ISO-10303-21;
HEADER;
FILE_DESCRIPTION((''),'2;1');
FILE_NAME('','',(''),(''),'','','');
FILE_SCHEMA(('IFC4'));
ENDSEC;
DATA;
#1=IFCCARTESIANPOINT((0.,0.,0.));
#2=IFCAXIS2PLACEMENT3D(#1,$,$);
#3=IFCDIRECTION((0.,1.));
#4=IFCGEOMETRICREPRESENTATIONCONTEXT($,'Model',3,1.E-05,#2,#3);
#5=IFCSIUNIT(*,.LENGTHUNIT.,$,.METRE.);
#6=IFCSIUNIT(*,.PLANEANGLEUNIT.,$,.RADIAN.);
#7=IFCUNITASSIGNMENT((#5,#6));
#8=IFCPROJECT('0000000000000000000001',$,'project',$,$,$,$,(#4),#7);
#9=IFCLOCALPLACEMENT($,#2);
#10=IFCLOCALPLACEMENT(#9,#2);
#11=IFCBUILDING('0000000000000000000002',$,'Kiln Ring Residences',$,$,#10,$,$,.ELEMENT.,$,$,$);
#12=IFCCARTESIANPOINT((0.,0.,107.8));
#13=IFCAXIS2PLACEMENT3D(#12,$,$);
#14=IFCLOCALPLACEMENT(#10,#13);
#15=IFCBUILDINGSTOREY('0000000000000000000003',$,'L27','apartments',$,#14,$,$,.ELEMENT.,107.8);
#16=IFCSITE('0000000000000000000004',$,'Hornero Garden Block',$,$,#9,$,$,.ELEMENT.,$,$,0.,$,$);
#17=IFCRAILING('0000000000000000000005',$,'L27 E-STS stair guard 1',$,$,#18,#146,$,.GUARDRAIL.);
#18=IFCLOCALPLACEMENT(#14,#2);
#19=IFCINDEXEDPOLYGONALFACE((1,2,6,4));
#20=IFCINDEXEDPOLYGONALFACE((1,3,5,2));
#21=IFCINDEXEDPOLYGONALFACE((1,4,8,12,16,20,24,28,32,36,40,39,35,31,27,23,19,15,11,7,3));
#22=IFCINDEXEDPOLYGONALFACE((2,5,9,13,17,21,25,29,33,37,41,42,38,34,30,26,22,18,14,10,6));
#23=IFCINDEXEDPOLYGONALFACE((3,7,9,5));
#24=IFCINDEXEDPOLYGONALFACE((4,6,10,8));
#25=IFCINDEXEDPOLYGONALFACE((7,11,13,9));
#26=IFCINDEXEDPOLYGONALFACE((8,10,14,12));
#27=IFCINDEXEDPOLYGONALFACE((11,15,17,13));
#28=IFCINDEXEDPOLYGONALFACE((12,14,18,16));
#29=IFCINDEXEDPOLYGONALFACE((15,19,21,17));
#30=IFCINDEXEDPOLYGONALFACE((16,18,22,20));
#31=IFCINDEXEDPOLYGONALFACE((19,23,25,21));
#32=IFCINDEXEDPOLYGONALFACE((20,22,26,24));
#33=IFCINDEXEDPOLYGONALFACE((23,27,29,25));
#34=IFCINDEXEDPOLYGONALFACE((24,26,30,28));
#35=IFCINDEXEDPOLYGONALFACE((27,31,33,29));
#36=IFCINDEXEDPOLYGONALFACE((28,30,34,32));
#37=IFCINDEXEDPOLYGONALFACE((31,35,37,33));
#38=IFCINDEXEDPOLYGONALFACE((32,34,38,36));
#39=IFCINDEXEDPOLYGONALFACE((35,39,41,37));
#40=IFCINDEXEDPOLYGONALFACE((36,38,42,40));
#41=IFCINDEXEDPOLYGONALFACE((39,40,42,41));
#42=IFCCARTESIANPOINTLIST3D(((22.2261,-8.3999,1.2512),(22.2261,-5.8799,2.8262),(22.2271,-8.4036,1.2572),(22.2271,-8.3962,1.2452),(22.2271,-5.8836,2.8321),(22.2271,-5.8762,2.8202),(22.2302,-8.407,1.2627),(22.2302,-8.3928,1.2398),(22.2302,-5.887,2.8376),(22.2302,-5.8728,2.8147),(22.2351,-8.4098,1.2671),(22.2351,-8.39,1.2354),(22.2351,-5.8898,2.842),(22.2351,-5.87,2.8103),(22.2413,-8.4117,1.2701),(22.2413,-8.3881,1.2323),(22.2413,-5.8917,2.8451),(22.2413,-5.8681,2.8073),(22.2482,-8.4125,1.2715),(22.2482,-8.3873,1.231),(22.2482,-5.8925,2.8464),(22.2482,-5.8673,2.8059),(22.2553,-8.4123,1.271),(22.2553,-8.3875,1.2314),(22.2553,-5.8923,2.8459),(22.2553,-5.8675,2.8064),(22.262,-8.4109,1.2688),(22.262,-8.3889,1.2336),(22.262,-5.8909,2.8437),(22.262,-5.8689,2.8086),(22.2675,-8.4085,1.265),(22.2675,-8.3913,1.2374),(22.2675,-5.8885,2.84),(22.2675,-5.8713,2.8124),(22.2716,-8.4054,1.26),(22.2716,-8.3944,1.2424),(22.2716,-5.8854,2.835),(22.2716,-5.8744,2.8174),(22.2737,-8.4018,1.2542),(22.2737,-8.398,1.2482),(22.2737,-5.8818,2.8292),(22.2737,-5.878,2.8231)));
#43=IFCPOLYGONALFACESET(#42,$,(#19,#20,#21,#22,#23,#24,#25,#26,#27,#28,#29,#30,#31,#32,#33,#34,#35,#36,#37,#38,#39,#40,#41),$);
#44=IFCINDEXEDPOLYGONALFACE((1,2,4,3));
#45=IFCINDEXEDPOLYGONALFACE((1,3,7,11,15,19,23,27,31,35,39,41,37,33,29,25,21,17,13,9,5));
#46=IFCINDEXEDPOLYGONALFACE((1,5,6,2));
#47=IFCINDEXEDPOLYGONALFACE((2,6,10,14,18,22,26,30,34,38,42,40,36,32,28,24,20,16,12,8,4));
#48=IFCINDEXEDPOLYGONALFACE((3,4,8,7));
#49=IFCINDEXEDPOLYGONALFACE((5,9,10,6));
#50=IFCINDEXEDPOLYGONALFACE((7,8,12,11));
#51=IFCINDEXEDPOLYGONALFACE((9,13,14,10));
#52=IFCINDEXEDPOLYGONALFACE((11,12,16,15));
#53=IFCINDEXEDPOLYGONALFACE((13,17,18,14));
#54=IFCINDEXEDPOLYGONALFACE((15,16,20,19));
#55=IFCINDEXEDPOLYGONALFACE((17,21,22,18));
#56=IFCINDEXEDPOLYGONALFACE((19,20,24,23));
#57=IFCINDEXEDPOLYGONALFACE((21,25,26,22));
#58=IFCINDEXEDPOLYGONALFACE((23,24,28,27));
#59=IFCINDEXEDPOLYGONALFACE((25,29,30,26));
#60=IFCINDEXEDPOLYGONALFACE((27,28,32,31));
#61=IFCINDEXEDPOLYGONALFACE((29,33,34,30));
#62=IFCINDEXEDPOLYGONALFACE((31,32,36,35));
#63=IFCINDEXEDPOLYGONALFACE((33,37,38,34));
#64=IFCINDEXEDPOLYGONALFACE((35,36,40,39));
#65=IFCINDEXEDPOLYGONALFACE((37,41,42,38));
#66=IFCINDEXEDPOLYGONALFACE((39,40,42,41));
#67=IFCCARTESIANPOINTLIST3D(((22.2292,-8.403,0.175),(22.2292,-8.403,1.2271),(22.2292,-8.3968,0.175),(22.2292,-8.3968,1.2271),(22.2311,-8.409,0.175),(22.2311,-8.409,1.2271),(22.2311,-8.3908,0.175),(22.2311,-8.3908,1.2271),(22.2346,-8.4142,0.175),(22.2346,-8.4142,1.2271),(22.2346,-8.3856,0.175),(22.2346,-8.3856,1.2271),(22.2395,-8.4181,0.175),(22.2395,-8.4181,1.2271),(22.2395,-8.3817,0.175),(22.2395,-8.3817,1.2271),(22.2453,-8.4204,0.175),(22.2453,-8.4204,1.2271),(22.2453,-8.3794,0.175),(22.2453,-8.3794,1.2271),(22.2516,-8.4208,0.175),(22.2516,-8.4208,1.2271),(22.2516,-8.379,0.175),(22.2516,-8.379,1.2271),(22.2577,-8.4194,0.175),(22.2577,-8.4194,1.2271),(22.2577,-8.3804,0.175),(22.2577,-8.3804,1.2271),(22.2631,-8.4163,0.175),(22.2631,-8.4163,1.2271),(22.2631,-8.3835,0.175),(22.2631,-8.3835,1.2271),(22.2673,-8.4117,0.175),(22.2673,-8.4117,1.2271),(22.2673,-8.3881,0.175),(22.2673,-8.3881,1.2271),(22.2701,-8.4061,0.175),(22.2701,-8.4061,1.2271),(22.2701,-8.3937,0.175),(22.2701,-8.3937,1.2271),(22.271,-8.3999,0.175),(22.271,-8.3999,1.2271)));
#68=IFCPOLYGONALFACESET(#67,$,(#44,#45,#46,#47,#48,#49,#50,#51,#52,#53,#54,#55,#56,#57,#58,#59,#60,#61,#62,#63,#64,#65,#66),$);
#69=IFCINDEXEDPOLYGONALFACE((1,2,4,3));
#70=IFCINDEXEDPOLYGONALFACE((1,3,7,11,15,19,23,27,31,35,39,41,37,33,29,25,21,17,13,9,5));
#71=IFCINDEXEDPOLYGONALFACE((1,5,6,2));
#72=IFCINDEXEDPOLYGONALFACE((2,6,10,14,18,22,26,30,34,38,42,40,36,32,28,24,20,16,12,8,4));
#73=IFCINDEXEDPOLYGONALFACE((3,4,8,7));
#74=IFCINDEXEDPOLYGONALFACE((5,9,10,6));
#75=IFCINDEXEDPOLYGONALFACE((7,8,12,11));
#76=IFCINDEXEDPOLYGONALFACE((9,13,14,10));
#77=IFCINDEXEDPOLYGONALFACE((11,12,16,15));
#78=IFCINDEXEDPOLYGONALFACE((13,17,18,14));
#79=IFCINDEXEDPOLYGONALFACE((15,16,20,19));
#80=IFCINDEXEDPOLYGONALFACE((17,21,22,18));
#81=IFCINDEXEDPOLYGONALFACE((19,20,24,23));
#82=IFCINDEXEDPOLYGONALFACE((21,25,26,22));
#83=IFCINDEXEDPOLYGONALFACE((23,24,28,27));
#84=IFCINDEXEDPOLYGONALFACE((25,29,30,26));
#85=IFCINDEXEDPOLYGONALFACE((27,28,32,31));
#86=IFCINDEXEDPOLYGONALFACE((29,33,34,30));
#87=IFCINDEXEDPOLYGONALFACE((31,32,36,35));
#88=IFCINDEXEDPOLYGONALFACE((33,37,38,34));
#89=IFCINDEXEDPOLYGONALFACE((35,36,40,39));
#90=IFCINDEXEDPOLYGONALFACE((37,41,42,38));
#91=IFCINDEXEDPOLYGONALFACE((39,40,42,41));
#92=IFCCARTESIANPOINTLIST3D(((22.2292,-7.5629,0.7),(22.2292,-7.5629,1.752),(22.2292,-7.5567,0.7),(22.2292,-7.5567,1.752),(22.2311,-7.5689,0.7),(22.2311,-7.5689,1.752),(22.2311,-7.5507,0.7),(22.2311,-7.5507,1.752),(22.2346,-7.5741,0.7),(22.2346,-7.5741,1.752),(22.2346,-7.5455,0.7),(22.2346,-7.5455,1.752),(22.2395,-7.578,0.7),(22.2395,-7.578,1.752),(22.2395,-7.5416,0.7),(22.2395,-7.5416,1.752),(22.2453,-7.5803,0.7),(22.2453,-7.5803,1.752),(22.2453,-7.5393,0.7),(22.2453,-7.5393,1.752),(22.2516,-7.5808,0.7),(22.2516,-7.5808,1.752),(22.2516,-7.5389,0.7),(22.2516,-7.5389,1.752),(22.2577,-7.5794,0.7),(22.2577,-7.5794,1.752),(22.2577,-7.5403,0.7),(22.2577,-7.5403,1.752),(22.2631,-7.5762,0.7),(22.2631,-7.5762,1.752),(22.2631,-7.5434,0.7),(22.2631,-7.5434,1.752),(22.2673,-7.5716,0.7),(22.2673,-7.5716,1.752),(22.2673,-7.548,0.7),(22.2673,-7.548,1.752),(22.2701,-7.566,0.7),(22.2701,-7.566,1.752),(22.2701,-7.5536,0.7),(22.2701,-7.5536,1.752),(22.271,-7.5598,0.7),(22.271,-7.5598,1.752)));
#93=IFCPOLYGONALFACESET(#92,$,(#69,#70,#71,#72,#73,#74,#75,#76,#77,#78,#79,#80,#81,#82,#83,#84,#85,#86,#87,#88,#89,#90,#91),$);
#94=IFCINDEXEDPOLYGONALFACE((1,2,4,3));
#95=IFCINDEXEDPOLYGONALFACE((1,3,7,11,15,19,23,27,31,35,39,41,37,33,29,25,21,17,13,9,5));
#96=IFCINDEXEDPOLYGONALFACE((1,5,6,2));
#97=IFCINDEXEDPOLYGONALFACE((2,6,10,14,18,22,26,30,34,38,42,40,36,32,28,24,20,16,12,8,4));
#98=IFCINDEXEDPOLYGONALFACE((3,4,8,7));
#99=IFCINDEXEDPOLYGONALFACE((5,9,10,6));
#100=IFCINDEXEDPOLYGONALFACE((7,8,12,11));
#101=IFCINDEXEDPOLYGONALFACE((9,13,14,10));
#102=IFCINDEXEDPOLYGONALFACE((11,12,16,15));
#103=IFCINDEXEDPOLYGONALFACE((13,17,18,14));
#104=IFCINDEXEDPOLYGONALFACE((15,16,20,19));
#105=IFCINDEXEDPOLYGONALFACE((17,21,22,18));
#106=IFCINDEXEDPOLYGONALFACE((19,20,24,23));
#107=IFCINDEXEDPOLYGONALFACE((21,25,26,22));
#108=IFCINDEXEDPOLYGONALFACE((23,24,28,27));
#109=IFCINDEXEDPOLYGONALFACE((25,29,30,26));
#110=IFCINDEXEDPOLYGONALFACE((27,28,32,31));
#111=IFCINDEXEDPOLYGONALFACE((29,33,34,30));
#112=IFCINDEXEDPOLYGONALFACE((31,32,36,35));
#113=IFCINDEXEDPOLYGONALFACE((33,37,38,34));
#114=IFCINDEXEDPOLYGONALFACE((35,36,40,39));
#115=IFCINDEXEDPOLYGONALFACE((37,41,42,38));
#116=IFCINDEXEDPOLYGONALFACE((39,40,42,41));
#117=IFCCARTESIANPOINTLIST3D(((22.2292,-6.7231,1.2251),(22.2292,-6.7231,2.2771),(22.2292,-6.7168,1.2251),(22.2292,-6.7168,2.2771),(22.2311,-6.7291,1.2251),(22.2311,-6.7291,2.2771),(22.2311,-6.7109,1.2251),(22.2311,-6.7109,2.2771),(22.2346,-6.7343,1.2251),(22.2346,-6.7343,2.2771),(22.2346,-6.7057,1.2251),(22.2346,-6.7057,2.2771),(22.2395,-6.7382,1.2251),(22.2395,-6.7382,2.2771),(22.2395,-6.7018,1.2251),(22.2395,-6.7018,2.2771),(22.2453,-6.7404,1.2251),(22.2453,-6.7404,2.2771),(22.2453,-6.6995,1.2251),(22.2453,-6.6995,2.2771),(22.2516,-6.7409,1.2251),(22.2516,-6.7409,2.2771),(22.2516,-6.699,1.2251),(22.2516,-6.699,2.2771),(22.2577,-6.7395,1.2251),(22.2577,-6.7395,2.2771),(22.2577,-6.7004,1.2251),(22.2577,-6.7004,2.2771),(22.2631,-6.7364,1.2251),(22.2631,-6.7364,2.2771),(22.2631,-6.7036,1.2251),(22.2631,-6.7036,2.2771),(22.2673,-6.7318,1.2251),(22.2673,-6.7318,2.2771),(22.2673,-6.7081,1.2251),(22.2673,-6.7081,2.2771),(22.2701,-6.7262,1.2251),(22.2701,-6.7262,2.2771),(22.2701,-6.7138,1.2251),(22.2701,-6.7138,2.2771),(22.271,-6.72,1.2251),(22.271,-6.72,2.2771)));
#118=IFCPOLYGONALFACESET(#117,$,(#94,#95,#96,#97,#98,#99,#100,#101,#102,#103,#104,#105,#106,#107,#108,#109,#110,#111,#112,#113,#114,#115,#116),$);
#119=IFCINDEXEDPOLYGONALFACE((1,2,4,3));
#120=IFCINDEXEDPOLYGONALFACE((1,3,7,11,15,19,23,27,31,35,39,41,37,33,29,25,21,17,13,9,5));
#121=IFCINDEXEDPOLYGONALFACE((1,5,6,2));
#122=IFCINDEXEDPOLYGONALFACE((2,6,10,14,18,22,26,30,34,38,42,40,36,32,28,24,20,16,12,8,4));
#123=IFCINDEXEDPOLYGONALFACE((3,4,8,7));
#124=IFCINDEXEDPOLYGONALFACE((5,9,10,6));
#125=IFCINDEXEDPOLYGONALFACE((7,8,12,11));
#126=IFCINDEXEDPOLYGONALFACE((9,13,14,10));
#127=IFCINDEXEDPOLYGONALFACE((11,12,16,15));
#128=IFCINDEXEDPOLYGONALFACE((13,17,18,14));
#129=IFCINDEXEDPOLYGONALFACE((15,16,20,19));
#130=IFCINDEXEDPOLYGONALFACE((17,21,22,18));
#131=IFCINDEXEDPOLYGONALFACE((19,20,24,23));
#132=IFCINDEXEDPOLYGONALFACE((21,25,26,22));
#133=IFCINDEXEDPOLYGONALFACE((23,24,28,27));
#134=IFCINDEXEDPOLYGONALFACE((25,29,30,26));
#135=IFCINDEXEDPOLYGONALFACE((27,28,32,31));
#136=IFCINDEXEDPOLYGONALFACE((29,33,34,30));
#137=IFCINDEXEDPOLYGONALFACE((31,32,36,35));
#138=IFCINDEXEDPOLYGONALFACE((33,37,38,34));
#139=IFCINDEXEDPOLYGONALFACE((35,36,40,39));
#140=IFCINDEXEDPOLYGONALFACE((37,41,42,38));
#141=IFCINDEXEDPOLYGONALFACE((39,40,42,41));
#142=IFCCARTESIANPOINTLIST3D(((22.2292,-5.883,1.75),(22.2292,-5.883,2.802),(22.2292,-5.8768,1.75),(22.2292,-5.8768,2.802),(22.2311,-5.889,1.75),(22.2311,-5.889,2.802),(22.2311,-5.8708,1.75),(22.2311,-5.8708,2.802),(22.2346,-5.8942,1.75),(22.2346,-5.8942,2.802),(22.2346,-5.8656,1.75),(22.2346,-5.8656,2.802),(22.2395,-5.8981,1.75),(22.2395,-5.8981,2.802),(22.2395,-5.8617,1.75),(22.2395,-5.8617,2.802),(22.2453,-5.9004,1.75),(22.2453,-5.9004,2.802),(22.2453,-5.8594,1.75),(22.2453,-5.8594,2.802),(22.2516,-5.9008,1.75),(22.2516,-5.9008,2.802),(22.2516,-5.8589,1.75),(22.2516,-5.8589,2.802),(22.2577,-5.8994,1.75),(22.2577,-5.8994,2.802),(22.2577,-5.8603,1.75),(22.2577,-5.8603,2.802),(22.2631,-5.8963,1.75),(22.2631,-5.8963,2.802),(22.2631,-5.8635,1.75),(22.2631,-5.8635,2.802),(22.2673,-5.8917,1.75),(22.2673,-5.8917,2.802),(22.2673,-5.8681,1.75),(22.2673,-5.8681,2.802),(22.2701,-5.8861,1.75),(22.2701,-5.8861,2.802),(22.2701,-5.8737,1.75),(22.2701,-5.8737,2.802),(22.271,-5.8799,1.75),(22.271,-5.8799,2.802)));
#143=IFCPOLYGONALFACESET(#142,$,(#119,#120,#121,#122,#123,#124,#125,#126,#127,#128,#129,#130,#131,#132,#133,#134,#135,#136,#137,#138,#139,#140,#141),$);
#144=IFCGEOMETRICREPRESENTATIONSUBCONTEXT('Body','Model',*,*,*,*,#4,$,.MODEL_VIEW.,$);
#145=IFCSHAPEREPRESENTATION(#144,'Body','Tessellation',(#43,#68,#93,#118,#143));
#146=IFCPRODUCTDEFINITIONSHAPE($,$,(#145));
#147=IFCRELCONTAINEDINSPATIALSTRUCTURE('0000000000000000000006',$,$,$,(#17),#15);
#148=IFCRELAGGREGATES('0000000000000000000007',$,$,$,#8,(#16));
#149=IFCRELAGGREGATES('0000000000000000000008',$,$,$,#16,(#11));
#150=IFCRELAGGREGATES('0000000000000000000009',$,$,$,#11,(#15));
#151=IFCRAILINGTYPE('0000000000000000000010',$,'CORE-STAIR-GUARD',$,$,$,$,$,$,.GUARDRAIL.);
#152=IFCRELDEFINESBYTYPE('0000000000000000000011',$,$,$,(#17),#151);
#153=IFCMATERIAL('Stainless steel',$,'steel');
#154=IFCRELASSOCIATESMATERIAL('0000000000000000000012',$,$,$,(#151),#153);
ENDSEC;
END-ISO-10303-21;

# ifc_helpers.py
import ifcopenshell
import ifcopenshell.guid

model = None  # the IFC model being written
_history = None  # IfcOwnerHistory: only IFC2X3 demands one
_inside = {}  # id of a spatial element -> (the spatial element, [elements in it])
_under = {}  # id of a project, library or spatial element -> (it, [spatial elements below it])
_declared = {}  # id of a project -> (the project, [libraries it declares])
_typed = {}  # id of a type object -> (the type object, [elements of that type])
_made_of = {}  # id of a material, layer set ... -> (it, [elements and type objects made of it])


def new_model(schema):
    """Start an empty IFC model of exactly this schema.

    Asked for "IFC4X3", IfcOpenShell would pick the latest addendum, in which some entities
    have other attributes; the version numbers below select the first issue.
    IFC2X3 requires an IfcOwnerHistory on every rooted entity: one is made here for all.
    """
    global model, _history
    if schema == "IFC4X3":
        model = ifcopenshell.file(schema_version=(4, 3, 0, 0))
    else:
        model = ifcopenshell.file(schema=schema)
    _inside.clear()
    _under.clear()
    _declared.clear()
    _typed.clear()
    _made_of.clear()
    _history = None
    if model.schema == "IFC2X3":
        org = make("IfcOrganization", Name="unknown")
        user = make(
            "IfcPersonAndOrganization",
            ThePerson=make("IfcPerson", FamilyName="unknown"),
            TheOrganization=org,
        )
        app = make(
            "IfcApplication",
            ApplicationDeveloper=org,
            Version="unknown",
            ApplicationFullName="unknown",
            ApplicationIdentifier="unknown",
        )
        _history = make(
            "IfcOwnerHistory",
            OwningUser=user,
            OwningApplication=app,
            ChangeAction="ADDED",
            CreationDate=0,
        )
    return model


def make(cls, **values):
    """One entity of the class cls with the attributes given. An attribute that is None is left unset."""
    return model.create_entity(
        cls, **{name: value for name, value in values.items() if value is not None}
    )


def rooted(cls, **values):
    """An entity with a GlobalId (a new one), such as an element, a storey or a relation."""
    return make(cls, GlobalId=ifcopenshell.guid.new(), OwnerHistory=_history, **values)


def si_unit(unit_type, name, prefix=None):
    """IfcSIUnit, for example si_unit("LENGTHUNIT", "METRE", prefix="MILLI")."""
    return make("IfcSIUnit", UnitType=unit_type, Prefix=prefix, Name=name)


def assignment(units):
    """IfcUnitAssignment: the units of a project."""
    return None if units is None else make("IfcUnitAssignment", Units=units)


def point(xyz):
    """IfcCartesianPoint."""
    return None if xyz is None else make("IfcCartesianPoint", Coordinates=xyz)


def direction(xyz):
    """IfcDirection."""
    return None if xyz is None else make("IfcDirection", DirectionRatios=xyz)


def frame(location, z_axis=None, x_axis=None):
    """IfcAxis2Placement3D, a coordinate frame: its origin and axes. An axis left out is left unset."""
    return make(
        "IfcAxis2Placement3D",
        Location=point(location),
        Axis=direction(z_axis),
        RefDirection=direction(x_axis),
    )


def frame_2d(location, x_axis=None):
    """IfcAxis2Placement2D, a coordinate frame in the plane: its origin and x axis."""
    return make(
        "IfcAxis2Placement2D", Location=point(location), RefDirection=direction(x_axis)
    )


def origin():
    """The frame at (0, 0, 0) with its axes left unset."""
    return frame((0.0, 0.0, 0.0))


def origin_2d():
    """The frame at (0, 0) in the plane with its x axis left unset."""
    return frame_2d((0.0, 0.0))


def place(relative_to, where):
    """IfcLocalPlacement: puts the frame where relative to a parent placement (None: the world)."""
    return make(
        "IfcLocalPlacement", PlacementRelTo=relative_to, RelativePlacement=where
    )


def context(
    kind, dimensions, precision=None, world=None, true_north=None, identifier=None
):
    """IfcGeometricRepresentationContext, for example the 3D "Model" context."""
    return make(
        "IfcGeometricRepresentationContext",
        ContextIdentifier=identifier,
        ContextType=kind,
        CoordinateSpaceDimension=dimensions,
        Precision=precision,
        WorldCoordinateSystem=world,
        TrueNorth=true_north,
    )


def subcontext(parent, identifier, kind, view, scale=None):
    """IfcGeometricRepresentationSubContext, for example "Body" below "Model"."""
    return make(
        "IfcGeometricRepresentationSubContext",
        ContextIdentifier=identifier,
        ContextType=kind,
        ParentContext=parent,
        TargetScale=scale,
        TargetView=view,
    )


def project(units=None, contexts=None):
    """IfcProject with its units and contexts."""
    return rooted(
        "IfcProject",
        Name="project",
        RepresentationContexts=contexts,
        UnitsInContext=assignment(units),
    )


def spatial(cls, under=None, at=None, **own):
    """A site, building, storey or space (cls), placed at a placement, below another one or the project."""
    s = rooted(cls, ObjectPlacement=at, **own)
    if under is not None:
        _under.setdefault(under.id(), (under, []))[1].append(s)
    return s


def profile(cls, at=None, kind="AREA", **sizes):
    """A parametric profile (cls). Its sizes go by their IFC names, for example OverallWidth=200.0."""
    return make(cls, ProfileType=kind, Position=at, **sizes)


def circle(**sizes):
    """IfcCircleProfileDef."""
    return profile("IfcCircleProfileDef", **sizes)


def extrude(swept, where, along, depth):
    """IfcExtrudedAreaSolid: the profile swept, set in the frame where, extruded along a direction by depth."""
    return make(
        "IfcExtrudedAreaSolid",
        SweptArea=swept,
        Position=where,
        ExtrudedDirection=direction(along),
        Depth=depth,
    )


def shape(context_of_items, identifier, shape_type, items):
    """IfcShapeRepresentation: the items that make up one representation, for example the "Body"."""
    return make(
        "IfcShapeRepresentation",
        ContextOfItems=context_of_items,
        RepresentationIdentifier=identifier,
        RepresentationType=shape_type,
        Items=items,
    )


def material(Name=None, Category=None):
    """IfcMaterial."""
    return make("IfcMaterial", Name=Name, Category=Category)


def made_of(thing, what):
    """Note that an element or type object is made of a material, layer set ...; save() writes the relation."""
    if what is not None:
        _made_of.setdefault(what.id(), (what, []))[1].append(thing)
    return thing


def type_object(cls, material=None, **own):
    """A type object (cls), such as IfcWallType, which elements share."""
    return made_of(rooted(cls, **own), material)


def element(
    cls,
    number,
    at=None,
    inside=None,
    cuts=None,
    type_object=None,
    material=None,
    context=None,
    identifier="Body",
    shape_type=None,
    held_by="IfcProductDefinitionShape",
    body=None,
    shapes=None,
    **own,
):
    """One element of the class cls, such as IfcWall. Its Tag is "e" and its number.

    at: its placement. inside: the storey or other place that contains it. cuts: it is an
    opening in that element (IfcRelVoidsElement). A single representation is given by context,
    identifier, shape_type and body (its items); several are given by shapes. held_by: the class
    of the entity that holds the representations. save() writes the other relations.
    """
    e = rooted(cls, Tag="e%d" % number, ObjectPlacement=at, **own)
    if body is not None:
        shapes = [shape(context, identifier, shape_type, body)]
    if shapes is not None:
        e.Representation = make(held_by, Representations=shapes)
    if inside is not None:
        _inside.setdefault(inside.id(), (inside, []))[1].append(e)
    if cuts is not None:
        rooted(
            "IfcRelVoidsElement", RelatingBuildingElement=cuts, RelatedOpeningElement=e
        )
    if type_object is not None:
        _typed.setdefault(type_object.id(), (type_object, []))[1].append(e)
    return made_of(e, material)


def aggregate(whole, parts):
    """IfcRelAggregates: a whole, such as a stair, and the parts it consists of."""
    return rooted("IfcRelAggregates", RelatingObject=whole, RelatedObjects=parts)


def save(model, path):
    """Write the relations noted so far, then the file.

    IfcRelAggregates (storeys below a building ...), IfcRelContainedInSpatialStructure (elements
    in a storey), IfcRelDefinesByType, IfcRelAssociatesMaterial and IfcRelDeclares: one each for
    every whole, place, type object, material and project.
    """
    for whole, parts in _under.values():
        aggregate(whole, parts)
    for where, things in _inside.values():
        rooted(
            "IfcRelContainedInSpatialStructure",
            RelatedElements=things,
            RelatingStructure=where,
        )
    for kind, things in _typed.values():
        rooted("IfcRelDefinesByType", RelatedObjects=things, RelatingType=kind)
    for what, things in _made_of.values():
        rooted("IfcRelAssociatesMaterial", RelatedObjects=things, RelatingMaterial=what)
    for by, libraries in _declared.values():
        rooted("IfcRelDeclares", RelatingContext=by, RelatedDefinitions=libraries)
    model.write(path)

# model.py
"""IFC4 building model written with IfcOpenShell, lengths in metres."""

from ifc_helpers import new_model, si_unit, direction, frame, origin, origin_2d, place, context, subcontext, project, spatial, circle, extrude, material, type_object, element, save


model = new_model("IFC4")

# Units and contexts
model_context = context("Model", 3, precision=1e-05, world=origin(), true_north=direction((0.0, 1.0)))
body_context = subcontext(model_context, "Body", "Model", "MODEL_VIEW")
ifc_project = project(units=[si_unit("LENGTHUNIT", "METRE"), si_unit("PLANEANGLEUNIT", "RADIAN")], contexts=[model_context])

# Site, building, storey
site_placement = place(None, origin())
site = spatial("IfcSite", under=ifc_project, at=site_placement, Name="Hornero Garden Block", CompositionType="ELEMENT", RefElevation=0.0)
building_placement = place(site_placement, origin())
building = spatial("IfcBuilding", under=site, at=building_placement, Name="Kiln Ring Residences", CompositionType="ELEMENT")
storey_placement = place(building_placement, frame((0.0, 0.0, 107.8)))
storey = spatial("IfcBuildingStorey", under=building, at=storey_placement, Name="L27", Description="apartments", CompositionType="ELEMENT", Elevation=107.8)

# Railing
ifc_material_1 = material(Name="Stainless steel", Category="steel")
railing_type_1 = type_object("IfcRailingType", Name="CORE-STAIR-GUARD", PredefinedType="GUARDRAIL", material=ifc_material_1)
railing_1_placement = place(storey_placement, frame((22.25, -8.3999, 0.175)))
element("IfcRailing", 1, at=railing_1_placement, inside=storey, type_object=railing_type_1, Name="L27 E-STS stair guard 1", PredefinedType="GUARDRAIL", context=body_context, shape_type="SweptSolid", body=[
    extrude(circle(Radius=0.0239, at=origin_2d()), frame((0.0, 0.0, 1.0762), z_axis=(0.0, 0.848008, 0.529984), x_axis=(-1.0, 0.0, 0.0)), (0.0, 0.0, 1.0), 2.9717),
    extrude(circle(Radius=0.021, at=origin_2d()), origin(), (0.0, 0.0, 1.0), 1.052),
    extrude(circle(Radius=0.021, at=origin_2d()), frame((0.0, 0.8401, 0.5249)), (0.0, 0.0, 1.0), 1.052),
    extrude(circle(Radius=0.021, at=origin_2d()), frame((0.0, 1.6799, 1.05)), (0.0, 0.0, 1.0), 1.052),
    extrude(circle(Radius=0.021, at=origin_2d()), frame((0.0, 2.52, 1.575)), (0.0, 0.0, 1.0), 1.052),
])

save(model, "model.ifc")
